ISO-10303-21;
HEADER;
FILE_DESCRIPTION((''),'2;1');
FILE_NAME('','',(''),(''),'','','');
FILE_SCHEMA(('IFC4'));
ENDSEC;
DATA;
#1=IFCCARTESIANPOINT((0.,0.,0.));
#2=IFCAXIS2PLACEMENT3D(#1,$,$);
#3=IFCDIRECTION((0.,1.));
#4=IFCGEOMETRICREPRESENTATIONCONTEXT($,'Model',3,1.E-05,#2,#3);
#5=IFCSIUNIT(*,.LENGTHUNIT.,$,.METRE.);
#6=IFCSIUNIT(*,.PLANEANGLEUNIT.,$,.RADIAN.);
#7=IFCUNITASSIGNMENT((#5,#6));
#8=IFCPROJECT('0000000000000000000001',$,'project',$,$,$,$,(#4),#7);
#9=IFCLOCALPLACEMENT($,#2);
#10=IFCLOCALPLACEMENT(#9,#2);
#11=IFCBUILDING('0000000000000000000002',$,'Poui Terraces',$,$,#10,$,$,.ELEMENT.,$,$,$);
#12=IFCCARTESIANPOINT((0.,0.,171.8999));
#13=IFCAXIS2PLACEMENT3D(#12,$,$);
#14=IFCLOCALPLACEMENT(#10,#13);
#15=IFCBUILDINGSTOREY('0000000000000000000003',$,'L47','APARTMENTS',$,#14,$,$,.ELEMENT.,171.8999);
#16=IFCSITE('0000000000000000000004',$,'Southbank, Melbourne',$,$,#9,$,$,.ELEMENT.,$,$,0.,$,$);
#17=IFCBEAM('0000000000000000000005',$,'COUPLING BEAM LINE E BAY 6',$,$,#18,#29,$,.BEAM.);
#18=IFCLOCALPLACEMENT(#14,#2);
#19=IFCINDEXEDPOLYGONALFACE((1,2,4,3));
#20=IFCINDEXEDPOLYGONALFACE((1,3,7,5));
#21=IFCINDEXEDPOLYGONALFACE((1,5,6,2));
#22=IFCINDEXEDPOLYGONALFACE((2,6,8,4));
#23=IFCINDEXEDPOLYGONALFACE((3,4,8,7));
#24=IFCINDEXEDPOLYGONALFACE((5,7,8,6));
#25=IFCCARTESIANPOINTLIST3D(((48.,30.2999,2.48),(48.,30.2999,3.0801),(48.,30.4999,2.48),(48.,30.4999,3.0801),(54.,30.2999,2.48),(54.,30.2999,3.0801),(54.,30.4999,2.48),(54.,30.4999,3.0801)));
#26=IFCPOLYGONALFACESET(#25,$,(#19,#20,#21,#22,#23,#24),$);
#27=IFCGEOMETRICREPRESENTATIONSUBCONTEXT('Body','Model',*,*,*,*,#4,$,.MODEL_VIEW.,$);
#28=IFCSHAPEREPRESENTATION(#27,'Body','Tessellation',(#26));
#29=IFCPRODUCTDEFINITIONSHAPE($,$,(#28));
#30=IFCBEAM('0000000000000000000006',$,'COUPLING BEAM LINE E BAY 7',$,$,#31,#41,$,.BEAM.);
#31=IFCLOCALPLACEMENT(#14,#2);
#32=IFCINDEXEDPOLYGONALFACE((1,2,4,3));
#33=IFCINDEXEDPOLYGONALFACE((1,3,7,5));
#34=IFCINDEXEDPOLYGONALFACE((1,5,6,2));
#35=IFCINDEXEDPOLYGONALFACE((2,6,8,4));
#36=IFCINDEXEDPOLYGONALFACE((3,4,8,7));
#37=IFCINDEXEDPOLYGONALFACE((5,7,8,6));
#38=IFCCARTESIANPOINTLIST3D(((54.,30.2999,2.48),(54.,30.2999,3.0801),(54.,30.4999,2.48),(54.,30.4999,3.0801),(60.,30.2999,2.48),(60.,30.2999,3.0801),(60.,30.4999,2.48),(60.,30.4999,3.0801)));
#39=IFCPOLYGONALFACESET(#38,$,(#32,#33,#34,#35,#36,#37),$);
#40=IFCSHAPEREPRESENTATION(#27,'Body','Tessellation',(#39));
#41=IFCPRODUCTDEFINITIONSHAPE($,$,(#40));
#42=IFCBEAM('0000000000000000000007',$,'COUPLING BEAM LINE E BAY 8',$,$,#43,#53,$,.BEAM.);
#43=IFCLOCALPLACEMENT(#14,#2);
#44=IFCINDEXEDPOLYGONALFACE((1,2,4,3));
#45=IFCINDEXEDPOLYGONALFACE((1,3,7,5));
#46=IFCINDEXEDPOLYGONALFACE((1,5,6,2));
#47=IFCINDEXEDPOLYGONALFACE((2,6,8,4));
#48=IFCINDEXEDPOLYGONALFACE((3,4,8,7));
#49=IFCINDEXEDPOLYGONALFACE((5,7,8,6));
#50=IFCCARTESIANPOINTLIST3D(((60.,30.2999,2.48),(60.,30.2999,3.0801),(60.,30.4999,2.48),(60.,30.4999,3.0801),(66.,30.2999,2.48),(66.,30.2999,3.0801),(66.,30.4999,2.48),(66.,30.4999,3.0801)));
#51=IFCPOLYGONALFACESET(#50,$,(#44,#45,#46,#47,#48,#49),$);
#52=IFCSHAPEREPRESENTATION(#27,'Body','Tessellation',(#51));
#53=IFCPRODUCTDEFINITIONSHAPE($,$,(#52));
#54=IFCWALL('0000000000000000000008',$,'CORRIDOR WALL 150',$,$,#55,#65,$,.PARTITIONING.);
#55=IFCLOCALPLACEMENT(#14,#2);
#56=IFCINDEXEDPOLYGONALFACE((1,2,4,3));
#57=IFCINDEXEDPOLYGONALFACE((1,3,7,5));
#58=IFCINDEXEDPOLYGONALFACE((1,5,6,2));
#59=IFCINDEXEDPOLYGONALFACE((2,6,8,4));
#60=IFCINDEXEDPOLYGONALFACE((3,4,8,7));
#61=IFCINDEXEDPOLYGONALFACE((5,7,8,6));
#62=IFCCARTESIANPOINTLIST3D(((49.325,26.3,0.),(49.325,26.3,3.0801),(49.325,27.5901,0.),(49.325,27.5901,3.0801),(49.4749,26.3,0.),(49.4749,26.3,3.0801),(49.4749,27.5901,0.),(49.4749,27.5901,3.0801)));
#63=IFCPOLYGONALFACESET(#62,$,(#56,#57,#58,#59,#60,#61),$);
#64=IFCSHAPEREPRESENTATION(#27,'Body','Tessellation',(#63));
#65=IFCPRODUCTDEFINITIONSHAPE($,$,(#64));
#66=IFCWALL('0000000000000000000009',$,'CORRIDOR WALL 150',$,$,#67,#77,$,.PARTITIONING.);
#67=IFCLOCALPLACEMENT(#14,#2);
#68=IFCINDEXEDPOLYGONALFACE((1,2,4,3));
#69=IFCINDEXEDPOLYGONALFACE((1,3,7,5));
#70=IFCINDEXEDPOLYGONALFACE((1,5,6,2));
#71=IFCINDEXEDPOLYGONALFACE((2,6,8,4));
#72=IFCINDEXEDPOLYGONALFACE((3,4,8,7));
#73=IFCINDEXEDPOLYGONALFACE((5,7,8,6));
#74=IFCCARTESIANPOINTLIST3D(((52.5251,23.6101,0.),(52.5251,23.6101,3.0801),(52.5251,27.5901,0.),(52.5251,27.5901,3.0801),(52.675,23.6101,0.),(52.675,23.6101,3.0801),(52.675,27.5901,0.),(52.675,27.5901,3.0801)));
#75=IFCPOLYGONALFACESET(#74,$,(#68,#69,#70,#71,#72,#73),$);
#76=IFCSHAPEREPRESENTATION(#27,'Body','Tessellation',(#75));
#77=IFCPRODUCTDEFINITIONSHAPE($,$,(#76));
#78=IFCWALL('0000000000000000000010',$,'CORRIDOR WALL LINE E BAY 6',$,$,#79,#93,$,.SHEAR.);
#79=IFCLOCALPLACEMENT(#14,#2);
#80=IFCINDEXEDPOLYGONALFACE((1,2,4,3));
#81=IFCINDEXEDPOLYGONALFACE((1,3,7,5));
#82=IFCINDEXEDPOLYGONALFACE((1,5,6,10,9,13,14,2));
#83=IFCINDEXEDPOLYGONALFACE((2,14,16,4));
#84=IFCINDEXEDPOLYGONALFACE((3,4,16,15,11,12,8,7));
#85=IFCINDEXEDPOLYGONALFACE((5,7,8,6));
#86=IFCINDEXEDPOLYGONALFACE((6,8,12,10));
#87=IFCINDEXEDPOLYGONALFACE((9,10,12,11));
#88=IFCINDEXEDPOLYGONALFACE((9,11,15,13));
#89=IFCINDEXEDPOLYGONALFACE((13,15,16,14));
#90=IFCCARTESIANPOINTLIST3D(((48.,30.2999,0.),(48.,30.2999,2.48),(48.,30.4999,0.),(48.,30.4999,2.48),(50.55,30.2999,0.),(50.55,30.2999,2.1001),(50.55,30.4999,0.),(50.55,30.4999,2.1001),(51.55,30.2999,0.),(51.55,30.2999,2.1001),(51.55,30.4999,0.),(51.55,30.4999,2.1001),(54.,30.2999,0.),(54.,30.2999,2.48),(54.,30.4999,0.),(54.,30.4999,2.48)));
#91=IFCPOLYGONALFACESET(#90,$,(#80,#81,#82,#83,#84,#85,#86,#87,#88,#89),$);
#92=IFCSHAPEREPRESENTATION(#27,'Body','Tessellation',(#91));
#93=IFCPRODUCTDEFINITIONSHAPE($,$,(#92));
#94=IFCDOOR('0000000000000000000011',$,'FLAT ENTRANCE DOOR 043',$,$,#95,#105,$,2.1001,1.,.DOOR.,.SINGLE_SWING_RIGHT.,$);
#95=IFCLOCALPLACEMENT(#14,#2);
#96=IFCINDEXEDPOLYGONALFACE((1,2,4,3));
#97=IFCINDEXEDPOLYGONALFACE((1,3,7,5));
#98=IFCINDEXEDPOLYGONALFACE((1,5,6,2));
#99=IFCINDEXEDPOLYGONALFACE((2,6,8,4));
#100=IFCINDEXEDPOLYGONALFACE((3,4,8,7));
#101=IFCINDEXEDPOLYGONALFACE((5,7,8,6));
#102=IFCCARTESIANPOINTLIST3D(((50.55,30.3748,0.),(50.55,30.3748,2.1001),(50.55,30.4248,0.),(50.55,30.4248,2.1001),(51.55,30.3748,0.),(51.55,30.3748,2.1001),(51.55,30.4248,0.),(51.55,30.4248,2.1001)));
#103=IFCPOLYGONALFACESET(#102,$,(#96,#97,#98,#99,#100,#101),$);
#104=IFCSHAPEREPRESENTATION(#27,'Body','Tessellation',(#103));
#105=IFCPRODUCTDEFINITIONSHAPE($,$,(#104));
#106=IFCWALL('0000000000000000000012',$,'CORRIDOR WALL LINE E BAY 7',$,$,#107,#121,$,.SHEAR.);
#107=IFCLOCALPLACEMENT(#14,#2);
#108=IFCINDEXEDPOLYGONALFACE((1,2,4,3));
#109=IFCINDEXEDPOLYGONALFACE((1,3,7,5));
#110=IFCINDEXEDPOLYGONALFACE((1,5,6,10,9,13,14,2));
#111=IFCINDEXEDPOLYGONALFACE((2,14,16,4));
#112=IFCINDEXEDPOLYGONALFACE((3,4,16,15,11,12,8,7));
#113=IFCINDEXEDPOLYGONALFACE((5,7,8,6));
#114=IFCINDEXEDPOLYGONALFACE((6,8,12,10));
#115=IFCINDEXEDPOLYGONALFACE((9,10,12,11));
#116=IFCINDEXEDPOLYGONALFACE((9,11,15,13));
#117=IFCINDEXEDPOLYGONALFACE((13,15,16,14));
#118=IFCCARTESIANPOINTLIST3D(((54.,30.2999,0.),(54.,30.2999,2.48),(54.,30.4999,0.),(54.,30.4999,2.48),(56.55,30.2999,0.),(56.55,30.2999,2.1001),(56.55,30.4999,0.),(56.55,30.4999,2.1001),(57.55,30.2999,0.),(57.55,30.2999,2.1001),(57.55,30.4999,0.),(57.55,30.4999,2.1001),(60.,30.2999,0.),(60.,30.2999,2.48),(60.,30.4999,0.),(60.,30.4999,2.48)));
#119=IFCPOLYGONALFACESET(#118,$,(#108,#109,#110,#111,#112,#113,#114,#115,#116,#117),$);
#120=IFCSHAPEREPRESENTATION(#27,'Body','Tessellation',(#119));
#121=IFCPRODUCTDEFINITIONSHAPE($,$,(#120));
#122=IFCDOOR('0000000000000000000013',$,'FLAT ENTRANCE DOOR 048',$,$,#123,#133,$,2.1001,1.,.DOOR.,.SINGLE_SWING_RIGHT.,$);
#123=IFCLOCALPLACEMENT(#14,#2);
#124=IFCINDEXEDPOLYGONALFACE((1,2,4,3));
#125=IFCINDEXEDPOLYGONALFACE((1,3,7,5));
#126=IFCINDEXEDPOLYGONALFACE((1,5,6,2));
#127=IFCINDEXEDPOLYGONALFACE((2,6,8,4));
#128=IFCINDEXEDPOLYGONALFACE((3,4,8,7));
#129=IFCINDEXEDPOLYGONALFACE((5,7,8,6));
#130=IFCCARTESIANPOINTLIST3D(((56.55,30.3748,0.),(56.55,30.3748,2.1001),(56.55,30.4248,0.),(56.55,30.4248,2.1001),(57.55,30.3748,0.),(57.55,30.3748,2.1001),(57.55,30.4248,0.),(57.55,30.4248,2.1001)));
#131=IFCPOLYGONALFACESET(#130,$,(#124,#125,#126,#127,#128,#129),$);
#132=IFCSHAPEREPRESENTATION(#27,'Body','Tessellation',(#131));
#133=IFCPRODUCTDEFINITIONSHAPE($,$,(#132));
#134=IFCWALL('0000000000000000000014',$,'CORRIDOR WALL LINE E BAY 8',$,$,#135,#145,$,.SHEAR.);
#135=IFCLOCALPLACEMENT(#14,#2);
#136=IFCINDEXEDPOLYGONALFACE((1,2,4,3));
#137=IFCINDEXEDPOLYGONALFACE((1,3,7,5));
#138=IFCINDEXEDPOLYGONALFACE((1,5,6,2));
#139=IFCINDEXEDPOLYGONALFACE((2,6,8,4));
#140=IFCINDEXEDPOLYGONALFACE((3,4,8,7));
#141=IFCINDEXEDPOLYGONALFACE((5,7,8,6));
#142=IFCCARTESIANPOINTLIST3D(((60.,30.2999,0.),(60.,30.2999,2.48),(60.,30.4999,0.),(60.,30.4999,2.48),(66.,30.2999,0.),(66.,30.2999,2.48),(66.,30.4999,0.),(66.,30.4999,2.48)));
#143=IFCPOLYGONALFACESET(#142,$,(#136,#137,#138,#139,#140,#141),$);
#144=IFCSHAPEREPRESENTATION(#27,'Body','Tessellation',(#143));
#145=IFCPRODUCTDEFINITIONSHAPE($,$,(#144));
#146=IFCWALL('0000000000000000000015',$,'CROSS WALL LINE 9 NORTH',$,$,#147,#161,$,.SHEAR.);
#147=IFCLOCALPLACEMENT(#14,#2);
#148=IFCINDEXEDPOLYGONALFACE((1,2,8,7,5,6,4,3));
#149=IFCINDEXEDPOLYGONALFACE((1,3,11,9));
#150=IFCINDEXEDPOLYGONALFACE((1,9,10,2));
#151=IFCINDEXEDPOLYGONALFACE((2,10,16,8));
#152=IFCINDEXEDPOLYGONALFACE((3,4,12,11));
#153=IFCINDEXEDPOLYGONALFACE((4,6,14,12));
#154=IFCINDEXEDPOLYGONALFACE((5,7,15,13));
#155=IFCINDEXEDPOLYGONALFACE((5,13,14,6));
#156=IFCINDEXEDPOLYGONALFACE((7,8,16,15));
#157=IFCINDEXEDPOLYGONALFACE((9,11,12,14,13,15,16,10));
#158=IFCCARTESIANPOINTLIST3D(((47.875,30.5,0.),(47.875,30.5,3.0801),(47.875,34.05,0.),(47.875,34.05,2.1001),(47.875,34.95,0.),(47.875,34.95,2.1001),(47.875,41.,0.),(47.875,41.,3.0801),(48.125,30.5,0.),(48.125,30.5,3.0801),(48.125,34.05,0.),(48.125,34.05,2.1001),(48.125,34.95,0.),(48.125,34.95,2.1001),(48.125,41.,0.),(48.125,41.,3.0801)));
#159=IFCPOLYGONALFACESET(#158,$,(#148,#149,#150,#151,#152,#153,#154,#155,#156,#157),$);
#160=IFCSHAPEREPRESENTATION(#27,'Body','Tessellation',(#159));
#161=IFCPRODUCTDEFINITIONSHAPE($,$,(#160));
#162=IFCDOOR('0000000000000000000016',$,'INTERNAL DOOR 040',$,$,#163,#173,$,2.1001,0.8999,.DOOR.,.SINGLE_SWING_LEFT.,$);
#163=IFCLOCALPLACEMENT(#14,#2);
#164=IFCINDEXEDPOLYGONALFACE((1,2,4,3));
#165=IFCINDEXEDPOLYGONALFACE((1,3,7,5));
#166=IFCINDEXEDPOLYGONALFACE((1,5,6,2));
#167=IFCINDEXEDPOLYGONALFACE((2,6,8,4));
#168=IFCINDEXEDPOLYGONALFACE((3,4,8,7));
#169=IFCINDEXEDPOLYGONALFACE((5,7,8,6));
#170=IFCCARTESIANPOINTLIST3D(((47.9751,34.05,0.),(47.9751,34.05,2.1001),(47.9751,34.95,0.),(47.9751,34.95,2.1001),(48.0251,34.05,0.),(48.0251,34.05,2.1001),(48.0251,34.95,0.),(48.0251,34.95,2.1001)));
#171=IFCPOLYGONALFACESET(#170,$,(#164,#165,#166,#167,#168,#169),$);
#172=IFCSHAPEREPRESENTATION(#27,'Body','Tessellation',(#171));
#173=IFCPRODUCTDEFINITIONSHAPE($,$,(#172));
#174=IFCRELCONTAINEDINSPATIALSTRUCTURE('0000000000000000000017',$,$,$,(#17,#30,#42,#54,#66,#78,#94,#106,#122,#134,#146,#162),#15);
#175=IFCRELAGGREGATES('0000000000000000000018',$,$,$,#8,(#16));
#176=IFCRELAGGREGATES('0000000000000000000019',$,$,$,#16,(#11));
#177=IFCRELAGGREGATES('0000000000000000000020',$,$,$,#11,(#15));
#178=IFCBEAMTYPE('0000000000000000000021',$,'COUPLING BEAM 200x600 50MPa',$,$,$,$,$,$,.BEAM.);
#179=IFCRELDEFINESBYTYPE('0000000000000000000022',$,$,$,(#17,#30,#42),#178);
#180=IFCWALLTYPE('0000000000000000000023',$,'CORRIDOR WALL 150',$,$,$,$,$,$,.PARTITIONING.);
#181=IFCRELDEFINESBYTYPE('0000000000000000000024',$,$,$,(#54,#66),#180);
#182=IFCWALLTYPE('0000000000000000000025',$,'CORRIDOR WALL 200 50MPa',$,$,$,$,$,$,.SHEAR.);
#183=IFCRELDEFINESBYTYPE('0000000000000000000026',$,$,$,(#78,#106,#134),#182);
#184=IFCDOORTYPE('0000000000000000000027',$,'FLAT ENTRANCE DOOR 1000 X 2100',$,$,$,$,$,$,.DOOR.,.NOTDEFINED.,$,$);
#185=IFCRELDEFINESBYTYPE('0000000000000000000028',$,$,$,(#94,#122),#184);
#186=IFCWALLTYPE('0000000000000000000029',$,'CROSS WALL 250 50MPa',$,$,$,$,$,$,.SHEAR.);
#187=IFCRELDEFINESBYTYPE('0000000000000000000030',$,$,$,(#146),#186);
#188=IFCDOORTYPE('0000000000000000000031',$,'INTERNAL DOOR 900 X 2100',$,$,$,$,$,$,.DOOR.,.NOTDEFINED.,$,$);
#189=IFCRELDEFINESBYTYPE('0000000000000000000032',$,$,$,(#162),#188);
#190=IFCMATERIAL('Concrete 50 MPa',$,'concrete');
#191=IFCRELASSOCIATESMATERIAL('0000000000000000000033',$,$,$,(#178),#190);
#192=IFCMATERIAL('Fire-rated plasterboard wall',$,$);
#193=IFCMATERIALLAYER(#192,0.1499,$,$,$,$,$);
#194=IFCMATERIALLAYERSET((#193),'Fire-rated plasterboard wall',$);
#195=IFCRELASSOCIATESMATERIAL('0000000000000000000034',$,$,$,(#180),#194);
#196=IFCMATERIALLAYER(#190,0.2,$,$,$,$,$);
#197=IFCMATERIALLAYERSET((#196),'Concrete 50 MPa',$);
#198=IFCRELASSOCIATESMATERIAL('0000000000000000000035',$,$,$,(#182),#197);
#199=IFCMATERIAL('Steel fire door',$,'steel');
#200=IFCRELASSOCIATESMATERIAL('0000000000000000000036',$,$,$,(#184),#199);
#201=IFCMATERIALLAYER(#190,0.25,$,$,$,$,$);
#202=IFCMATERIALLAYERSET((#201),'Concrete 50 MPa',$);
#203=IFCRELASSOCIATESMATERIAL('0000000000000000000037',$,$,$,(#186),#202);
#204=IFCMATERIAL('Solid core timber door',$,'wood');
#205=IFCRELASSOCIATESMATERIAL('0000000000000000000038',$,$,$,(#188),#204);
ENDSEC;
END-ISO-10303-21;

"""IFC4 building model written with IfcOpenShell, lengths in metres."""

from ifc_helpers import new_model, si_unit, direction, frame, frame_2d, origin, origin_2d, place, context, subcontext, project, spatial, rectangle, extrude, source, transform, mapped, material, layer, layer_set, material_profile, profile_set, type_object, element, fill, save


model = new_model("IFC4")

# Units and contexts
model_context = context("Model", 3, precision=1e-05, world=origin(), true_north=direction((0.0, 1.0)))
body_context = subcontext(model_context, "Body", "Model", "MODEL_VIEW")
ifc_project = project(units=[si_unit("LENGTHUNIT", "METRE"), si_unit("PLANEANGLEUNIT", "RADIAN")], contexts=[model_context])

# Site, building, storey
site_placement = place(None, origin())
site = spatial("IfcSite", under=ifc_project, at=site_placement, Name="Southbank, Melbourne", CompositionType="ELEMENT", RefElevation=0.0)
building_placement = place(site_placement, origin())
building = spatial("IfcBuilding", under=site, at=building_placement, Name="Poui Terraces", CompositionType="ELEMENT")
storey_placement = place(building_placement, frame((0.0, 0.0, 171.8999)))
storey = spatial("IfcBuildingStorey", under=building, at=storey_placement, Name="L47", Description="APARTMENTS", CompositionType="ELEMENT", Elevation=171.8999)

# Beams
ifc_material_1 = material(Name="Concrete 50 MPa", Category="concrete")
ifc_material_profile = material_profile(ifc_material_1, rectangle(XDim=0.2, YDim=0.6001, at=origin_2d()), Name="RC 200x600")
ifc_profile_set = profile_set([ifc_material_profile], Name="Concrete 50 MPa")
beam_type = type_object("IfcBeamType", Name="COUPLING BEAM 200x600 50MPa", PredefinedType="BEAM", material=ifc_profile_set)
shared_shape = source(origin(), body_context, "Body", "SweptSolid", [
    extrude(rectangle(XDim=0.2, YDim=0.6001, at=origin_2d()), origin(), (0.0, 0.0, 1.0), 6.0),
])
for number, where, z_axis, x_axis, name in (
    (1, (48.0, 30.3999, 2.78), (1.0, 0.0, 0.0), (0.0, 1.0, 0.0), "COUPLING BEAM LINE E BAY 6"),
    (2, (54.0, 30.3999, 2.78), (1.0, 0.0, 0.0), (0.0, 1.0, 0.0), "COUPLING BEAM LINE E BAY 7"),
    (3, (60.0, 30.3999, 2.78), (1.0, 0.0, 0.0), (0.0, 1.0, 0.0), "COUPLING BEAM LINE E BAY 8"),
):
    element("IfcBeam", number, at=place(storey_placement, frame(where, z_axis=z_axis, x_axis=x_axis)), inside=storey, type_object=beam_type, Name=name, PredefinedType="BEAM", context=body_context, shape_type="MappedRepresentation", body=[
        mapped(shared_shape, transform((0.0, 0.0, 0.0))),
    ])

# Walls
ifc_material_2 = material(Name="Fire-rated plasterboard wall")
ifc_layer_1 = layer(ifc_material_2, 0.1499)
ifc_layer_set_1 = layer_set([ifc_layer_1], Name="Fire-rated plasterboard wall")
wall_type_1 = type_object("IfcWallType", Name="CORRIDOR WALL 150", PredefinedType="PARTITIONING", material=ifc_layer_set_1)
wall_1_placement = place(storey_placement, frame((49.3999, 26.3, 0.0), z_axis=(0.0, 0.0, 1.0), x_axis=(0.0, 1.0, 0.0)))
element("IfcWall", 4, at=wall_1_placement, inside=storey, type_object=wall_type_1, Name="CORRIDOR WALL 150", PredefinedType="PARTITIONING", context=body_context, shape_type="SweptSolid", body=[
    extrude(rectangle(XDim=1.29, YDim=0.1499, at=frame_2d((0.645, 0.0))), origin(), (0.0, 0.0, 1.0), 3.0801),
])
wall_2_placement = place(storey_placement, frame((52.6001, 23.6101, 0.0), z_axis=(0.0, 0.0, 1.0), x_axis=(0.0, 1.0, 0.0)))
element("IfcWall", 5, at=wall_2_placement, inside=storey, type_object=wall_type_1, Name="CORRIDOR WALL 150", PredefinedType="PARTITIONING", context=body_context, shape_type="SweptSolid", body=[
    extrude(rectangle(XDim=3.98, YDim=0.1499, at=frame_2d((1.99, 0.0))), origin(), (0.0, 0.0, 1.0), 3.0801),
])

# Walls, openings, doors
ifc_layer_2 = layer(ifc_material_1, 0.2)
ifc_layer_set_2 = layer_set([ifc_layer_2], Name="Concrete 50 MPa")
wall_type_2 = type_object("IfcWallType", Name="CORRIDOR WALL 200 50MPa", PredefinedType="SHEAR", material=ifc_layer_set_2)
wall_3_placement = place(storey_placement, frame((48.0, 30.3999, 0.0), z_axis=(0.0, 0.0, 1.0), x_axis=(1.0, 0.0, 0.0)))
wall_3 = element("IfcWall", 6, at=wall_3_placement, inside=storey, type_object=wall_type_2, Name="CORRIDOR WALL LINE E BAY 6", PredefinedType="SHEAR", context=body_context, shape_type="SweptSolid", body=[
    extrude(rectangle(XDim=6.0, YDim=0.2, at=frame_2d((3.0, 0.0))), origin(), (0.0, 0.0, 1.0), 2.48),
])
opening_1_placement = place(wall_3_placement, frame((2.55, 0.0, 0.0)))
opening_1 = element("IfcOpeningElement", 7, at=opening_1_placement, cuts=wall_3, PredefinedType="OPENING", context=body_context, shape_type="SweptSolid", body=[
    extrude(rectangle(XDim=1.0, YDim=2.1001, at=frame_2d((0.5, 1.05))), frame((0.0, 0.1099, 0.0), z_axis=(0.0, -1.0, 0.0), x_axis=(1.0, 0.0, 0.0)), (0.0, 0.0, 1.0), 0.22),
])
ifc_material_3 = material(Name="Steel fire door", Category="steel")
door_type_1 = type_object("IfcDoorType", Name="FLAT ENTRANCE DOOR 1000 X 2100", OperationType="NOTDEFINED", PredefinedType="DOOR", material=ifc_material_3)
door_1_placement = place(opening_1_placement, origin())
door_1 = element("IfcDoor", 8, at=door_1_placement, inside=storey, type_object=door_type_1, Name="FLAT ENTRANCE DOOR 043", OperationType="SINGLE_SWING_RIGHT", OverallHeight=2.1001, OverallWidth=1.0, PredefinedType="DOOR", context=body_context, shape_type="SweptSolid", body=[
    extrude(rectangle(XDim=1.0, YDim=2.1001, at=frame_2d((0.5, 1.05))), frame((0.0, 0.0249, 0.0), z_axis=(0.0, -1.0, 0.0), x_axis=(1.0, 0.0, 0.0)), (0.0, 0.0, 1.0), 0.05),
])
fill(opening_1, door_1)
wall_4_placement = place(storey_placement, frame((54.0, 30.3999, 0.0), z_axis=(0.0, 0.0, 1.0), x_axis=(1.0, 0.0, 0.0)))
wall_4 = element("IfcWall", 9, at=wall_4_placement, inside=storey, type_object=wall_type_2, Name="CORRIDOR WALL LINE E BAY 7", PredefinedType="SHEAR", context=body_context, shape_type="SweptSolid", body=[
    extrude(rectangle(XDim=6.0, YDim=0.2, at=frame_2d((3.0, 0.0))), origin(), (0.0, 0.0, 1.0), 2.48),
])
opening_2_placement = place(wall_4_placement, frame((2.55, 0.0, 0.0)))
opening_2 = element("IfcOpeningElement", 10, at=opening_2_placement, cuts=wall_4, PredefinedType="OPENING", context=body_context, shape_type="SweptSolid", body=[
    extrude(rectangle(XDim=1.0, YDim=2.1001, at=frame_2d((0.5, 1.05))), frame((0.0, 0.1099, 0.0), z_axis=(0.0, -1.0, 0.0), x_axis=(1.0, 0.0, 0.0)), (0.0, 0.0, 1.0), 0.22),
])
door_2_placement = place(opening_2_placement, origin())
door_2 = element("IfcDoor", 11, at=door_2_placement, inside=storey, type_object=door_type_1, Name="FLAT ENTRANCE DOOR 048", OperationType="SINGLE_SWING_RIGHT", OverallHeight=2.1001, OverallWidth=1.0, PredefinedType="DOOR", context=body_context, shape_type="SweptSolid", body=[
    extrude(rectangle(XDim=1.0, YDim=2.1001, at=frame_2d((0.5, 1.05))), frame((0.0, 0.0249, 0.0), z_axis=(0.0, -1.0, 0.0), x_axis=(1.0, 0.0, 0.0)), (0.0, 0.0, 1.0), 0.05),
])
fill(opening_2, door_2)

# Wall
wall_5_placement = place(storey_placement, frame((60.0, 30.3999, 0.0), z_axis=(0.0, 0.0, 1.0), x_axis=(1.0, 0.0, 0.0)))
element("IfcWall", 12, at=wall_5_placement, inside=storey, type_object=wall_type_2, Name="CORRIDOR WALL LINE E BAY 8", PredefinedType="SHEAR", context=body_context, shape_type="SweptSolid", body=[
    extrude(rectangle(XDim=6.0, YDim=0.2, at=frame_2d((3.0, 0.0))), origin(), (0.0, 0.0, 1.0), 2.48),
])

# Wall, opening, door
ifc_layer_3 = layer(ifc_material_1, 0.25)
ifc_layer_set_3 = layer_set([ifc_layer_3], Name="Concrete 50 MPa")
wall_type_3 = type_object("IfcWallType", Name="CROSS WALL 250 50MPa", PredefinedType="SHEAR", material=ifc_layer_set_3)
wall_6_placement = place(storey_placement, frame((48.0, 30.5, 0.0), z_axis=(0.0, 0.0, 1.0), x_axis=(0.0, 1.0, 0.0)))
wall_6 = element("IfcWall", 13, at=wall_6_placement, inside=storey, type_object=wall_type_3, Name="CROSS WALL LINE 9 NORTH", PredefinedType="SHEAR", context=body_context, shape_type="SweptSolid", body=[
    extrude(rectangle(XDim=10.5, YDim=0.25, at=frame_2d((5.25, 0.0))), origin(), (0.0, 0.0, 1.0), 3.0801),
])
opening_3_placement = place(wall_6_placement, frame((3.55, 0.0, 0.0)))
opening_3 = element("IfcOpeningElement", 14, at=opening_3_placement, cuts=wall_6, PredefinedType="OPENING", context=body_context, shape_type="SweptSolid", body=[
    extrude(rectangle(XDim=0.8999, YDim=2.1001, at=frame_2d((0.45, 1.05))), frame((0.0, 0.135, 0.0), z_axis=(0.0, -1.0, 0.0), x_axis=(1.0, 0.0, 0.0)), (0.0, 0.0, 1.0), 0.27),
])
ifc_material_4 = material(Name="Solid core timber door", Category="wood")
door_type_2 = type_object("IfcDoorType", Name="INTERNAL DOOR 900 X 2100", OperationType="NOTDEFINED", PredefinedType="DOOR", material=ifc_material_4)
door_3_placement = place(opening_3_placement, origin())
door_3 = element("IfcDoor", 15, at=door_3_placement, inside=storey, type_object=door_type_2, Name="INTERNAL DOOR 040", OperationType="SINGLE_SWING_LEFT", OverallHeight=2.1001, OverallWidth=0.8999, PredefinedType="DOOR", context=body_context, shape_type="SweptSolid", body=[
    extrude(rectangle(XDim=0.8999, YDim=2.1001, at=frame_2d((0.45, 1.05))), frame((0.0, 0.0249, 0.0), z_axis=(0.0, -1.0, 0.0), x_axis=(1.0, 0.0, 0.0)), (0.0, 0.0, 1.0), 0.05),
])
fill(opening_3, door_3)

save(model, "model.ifc")
